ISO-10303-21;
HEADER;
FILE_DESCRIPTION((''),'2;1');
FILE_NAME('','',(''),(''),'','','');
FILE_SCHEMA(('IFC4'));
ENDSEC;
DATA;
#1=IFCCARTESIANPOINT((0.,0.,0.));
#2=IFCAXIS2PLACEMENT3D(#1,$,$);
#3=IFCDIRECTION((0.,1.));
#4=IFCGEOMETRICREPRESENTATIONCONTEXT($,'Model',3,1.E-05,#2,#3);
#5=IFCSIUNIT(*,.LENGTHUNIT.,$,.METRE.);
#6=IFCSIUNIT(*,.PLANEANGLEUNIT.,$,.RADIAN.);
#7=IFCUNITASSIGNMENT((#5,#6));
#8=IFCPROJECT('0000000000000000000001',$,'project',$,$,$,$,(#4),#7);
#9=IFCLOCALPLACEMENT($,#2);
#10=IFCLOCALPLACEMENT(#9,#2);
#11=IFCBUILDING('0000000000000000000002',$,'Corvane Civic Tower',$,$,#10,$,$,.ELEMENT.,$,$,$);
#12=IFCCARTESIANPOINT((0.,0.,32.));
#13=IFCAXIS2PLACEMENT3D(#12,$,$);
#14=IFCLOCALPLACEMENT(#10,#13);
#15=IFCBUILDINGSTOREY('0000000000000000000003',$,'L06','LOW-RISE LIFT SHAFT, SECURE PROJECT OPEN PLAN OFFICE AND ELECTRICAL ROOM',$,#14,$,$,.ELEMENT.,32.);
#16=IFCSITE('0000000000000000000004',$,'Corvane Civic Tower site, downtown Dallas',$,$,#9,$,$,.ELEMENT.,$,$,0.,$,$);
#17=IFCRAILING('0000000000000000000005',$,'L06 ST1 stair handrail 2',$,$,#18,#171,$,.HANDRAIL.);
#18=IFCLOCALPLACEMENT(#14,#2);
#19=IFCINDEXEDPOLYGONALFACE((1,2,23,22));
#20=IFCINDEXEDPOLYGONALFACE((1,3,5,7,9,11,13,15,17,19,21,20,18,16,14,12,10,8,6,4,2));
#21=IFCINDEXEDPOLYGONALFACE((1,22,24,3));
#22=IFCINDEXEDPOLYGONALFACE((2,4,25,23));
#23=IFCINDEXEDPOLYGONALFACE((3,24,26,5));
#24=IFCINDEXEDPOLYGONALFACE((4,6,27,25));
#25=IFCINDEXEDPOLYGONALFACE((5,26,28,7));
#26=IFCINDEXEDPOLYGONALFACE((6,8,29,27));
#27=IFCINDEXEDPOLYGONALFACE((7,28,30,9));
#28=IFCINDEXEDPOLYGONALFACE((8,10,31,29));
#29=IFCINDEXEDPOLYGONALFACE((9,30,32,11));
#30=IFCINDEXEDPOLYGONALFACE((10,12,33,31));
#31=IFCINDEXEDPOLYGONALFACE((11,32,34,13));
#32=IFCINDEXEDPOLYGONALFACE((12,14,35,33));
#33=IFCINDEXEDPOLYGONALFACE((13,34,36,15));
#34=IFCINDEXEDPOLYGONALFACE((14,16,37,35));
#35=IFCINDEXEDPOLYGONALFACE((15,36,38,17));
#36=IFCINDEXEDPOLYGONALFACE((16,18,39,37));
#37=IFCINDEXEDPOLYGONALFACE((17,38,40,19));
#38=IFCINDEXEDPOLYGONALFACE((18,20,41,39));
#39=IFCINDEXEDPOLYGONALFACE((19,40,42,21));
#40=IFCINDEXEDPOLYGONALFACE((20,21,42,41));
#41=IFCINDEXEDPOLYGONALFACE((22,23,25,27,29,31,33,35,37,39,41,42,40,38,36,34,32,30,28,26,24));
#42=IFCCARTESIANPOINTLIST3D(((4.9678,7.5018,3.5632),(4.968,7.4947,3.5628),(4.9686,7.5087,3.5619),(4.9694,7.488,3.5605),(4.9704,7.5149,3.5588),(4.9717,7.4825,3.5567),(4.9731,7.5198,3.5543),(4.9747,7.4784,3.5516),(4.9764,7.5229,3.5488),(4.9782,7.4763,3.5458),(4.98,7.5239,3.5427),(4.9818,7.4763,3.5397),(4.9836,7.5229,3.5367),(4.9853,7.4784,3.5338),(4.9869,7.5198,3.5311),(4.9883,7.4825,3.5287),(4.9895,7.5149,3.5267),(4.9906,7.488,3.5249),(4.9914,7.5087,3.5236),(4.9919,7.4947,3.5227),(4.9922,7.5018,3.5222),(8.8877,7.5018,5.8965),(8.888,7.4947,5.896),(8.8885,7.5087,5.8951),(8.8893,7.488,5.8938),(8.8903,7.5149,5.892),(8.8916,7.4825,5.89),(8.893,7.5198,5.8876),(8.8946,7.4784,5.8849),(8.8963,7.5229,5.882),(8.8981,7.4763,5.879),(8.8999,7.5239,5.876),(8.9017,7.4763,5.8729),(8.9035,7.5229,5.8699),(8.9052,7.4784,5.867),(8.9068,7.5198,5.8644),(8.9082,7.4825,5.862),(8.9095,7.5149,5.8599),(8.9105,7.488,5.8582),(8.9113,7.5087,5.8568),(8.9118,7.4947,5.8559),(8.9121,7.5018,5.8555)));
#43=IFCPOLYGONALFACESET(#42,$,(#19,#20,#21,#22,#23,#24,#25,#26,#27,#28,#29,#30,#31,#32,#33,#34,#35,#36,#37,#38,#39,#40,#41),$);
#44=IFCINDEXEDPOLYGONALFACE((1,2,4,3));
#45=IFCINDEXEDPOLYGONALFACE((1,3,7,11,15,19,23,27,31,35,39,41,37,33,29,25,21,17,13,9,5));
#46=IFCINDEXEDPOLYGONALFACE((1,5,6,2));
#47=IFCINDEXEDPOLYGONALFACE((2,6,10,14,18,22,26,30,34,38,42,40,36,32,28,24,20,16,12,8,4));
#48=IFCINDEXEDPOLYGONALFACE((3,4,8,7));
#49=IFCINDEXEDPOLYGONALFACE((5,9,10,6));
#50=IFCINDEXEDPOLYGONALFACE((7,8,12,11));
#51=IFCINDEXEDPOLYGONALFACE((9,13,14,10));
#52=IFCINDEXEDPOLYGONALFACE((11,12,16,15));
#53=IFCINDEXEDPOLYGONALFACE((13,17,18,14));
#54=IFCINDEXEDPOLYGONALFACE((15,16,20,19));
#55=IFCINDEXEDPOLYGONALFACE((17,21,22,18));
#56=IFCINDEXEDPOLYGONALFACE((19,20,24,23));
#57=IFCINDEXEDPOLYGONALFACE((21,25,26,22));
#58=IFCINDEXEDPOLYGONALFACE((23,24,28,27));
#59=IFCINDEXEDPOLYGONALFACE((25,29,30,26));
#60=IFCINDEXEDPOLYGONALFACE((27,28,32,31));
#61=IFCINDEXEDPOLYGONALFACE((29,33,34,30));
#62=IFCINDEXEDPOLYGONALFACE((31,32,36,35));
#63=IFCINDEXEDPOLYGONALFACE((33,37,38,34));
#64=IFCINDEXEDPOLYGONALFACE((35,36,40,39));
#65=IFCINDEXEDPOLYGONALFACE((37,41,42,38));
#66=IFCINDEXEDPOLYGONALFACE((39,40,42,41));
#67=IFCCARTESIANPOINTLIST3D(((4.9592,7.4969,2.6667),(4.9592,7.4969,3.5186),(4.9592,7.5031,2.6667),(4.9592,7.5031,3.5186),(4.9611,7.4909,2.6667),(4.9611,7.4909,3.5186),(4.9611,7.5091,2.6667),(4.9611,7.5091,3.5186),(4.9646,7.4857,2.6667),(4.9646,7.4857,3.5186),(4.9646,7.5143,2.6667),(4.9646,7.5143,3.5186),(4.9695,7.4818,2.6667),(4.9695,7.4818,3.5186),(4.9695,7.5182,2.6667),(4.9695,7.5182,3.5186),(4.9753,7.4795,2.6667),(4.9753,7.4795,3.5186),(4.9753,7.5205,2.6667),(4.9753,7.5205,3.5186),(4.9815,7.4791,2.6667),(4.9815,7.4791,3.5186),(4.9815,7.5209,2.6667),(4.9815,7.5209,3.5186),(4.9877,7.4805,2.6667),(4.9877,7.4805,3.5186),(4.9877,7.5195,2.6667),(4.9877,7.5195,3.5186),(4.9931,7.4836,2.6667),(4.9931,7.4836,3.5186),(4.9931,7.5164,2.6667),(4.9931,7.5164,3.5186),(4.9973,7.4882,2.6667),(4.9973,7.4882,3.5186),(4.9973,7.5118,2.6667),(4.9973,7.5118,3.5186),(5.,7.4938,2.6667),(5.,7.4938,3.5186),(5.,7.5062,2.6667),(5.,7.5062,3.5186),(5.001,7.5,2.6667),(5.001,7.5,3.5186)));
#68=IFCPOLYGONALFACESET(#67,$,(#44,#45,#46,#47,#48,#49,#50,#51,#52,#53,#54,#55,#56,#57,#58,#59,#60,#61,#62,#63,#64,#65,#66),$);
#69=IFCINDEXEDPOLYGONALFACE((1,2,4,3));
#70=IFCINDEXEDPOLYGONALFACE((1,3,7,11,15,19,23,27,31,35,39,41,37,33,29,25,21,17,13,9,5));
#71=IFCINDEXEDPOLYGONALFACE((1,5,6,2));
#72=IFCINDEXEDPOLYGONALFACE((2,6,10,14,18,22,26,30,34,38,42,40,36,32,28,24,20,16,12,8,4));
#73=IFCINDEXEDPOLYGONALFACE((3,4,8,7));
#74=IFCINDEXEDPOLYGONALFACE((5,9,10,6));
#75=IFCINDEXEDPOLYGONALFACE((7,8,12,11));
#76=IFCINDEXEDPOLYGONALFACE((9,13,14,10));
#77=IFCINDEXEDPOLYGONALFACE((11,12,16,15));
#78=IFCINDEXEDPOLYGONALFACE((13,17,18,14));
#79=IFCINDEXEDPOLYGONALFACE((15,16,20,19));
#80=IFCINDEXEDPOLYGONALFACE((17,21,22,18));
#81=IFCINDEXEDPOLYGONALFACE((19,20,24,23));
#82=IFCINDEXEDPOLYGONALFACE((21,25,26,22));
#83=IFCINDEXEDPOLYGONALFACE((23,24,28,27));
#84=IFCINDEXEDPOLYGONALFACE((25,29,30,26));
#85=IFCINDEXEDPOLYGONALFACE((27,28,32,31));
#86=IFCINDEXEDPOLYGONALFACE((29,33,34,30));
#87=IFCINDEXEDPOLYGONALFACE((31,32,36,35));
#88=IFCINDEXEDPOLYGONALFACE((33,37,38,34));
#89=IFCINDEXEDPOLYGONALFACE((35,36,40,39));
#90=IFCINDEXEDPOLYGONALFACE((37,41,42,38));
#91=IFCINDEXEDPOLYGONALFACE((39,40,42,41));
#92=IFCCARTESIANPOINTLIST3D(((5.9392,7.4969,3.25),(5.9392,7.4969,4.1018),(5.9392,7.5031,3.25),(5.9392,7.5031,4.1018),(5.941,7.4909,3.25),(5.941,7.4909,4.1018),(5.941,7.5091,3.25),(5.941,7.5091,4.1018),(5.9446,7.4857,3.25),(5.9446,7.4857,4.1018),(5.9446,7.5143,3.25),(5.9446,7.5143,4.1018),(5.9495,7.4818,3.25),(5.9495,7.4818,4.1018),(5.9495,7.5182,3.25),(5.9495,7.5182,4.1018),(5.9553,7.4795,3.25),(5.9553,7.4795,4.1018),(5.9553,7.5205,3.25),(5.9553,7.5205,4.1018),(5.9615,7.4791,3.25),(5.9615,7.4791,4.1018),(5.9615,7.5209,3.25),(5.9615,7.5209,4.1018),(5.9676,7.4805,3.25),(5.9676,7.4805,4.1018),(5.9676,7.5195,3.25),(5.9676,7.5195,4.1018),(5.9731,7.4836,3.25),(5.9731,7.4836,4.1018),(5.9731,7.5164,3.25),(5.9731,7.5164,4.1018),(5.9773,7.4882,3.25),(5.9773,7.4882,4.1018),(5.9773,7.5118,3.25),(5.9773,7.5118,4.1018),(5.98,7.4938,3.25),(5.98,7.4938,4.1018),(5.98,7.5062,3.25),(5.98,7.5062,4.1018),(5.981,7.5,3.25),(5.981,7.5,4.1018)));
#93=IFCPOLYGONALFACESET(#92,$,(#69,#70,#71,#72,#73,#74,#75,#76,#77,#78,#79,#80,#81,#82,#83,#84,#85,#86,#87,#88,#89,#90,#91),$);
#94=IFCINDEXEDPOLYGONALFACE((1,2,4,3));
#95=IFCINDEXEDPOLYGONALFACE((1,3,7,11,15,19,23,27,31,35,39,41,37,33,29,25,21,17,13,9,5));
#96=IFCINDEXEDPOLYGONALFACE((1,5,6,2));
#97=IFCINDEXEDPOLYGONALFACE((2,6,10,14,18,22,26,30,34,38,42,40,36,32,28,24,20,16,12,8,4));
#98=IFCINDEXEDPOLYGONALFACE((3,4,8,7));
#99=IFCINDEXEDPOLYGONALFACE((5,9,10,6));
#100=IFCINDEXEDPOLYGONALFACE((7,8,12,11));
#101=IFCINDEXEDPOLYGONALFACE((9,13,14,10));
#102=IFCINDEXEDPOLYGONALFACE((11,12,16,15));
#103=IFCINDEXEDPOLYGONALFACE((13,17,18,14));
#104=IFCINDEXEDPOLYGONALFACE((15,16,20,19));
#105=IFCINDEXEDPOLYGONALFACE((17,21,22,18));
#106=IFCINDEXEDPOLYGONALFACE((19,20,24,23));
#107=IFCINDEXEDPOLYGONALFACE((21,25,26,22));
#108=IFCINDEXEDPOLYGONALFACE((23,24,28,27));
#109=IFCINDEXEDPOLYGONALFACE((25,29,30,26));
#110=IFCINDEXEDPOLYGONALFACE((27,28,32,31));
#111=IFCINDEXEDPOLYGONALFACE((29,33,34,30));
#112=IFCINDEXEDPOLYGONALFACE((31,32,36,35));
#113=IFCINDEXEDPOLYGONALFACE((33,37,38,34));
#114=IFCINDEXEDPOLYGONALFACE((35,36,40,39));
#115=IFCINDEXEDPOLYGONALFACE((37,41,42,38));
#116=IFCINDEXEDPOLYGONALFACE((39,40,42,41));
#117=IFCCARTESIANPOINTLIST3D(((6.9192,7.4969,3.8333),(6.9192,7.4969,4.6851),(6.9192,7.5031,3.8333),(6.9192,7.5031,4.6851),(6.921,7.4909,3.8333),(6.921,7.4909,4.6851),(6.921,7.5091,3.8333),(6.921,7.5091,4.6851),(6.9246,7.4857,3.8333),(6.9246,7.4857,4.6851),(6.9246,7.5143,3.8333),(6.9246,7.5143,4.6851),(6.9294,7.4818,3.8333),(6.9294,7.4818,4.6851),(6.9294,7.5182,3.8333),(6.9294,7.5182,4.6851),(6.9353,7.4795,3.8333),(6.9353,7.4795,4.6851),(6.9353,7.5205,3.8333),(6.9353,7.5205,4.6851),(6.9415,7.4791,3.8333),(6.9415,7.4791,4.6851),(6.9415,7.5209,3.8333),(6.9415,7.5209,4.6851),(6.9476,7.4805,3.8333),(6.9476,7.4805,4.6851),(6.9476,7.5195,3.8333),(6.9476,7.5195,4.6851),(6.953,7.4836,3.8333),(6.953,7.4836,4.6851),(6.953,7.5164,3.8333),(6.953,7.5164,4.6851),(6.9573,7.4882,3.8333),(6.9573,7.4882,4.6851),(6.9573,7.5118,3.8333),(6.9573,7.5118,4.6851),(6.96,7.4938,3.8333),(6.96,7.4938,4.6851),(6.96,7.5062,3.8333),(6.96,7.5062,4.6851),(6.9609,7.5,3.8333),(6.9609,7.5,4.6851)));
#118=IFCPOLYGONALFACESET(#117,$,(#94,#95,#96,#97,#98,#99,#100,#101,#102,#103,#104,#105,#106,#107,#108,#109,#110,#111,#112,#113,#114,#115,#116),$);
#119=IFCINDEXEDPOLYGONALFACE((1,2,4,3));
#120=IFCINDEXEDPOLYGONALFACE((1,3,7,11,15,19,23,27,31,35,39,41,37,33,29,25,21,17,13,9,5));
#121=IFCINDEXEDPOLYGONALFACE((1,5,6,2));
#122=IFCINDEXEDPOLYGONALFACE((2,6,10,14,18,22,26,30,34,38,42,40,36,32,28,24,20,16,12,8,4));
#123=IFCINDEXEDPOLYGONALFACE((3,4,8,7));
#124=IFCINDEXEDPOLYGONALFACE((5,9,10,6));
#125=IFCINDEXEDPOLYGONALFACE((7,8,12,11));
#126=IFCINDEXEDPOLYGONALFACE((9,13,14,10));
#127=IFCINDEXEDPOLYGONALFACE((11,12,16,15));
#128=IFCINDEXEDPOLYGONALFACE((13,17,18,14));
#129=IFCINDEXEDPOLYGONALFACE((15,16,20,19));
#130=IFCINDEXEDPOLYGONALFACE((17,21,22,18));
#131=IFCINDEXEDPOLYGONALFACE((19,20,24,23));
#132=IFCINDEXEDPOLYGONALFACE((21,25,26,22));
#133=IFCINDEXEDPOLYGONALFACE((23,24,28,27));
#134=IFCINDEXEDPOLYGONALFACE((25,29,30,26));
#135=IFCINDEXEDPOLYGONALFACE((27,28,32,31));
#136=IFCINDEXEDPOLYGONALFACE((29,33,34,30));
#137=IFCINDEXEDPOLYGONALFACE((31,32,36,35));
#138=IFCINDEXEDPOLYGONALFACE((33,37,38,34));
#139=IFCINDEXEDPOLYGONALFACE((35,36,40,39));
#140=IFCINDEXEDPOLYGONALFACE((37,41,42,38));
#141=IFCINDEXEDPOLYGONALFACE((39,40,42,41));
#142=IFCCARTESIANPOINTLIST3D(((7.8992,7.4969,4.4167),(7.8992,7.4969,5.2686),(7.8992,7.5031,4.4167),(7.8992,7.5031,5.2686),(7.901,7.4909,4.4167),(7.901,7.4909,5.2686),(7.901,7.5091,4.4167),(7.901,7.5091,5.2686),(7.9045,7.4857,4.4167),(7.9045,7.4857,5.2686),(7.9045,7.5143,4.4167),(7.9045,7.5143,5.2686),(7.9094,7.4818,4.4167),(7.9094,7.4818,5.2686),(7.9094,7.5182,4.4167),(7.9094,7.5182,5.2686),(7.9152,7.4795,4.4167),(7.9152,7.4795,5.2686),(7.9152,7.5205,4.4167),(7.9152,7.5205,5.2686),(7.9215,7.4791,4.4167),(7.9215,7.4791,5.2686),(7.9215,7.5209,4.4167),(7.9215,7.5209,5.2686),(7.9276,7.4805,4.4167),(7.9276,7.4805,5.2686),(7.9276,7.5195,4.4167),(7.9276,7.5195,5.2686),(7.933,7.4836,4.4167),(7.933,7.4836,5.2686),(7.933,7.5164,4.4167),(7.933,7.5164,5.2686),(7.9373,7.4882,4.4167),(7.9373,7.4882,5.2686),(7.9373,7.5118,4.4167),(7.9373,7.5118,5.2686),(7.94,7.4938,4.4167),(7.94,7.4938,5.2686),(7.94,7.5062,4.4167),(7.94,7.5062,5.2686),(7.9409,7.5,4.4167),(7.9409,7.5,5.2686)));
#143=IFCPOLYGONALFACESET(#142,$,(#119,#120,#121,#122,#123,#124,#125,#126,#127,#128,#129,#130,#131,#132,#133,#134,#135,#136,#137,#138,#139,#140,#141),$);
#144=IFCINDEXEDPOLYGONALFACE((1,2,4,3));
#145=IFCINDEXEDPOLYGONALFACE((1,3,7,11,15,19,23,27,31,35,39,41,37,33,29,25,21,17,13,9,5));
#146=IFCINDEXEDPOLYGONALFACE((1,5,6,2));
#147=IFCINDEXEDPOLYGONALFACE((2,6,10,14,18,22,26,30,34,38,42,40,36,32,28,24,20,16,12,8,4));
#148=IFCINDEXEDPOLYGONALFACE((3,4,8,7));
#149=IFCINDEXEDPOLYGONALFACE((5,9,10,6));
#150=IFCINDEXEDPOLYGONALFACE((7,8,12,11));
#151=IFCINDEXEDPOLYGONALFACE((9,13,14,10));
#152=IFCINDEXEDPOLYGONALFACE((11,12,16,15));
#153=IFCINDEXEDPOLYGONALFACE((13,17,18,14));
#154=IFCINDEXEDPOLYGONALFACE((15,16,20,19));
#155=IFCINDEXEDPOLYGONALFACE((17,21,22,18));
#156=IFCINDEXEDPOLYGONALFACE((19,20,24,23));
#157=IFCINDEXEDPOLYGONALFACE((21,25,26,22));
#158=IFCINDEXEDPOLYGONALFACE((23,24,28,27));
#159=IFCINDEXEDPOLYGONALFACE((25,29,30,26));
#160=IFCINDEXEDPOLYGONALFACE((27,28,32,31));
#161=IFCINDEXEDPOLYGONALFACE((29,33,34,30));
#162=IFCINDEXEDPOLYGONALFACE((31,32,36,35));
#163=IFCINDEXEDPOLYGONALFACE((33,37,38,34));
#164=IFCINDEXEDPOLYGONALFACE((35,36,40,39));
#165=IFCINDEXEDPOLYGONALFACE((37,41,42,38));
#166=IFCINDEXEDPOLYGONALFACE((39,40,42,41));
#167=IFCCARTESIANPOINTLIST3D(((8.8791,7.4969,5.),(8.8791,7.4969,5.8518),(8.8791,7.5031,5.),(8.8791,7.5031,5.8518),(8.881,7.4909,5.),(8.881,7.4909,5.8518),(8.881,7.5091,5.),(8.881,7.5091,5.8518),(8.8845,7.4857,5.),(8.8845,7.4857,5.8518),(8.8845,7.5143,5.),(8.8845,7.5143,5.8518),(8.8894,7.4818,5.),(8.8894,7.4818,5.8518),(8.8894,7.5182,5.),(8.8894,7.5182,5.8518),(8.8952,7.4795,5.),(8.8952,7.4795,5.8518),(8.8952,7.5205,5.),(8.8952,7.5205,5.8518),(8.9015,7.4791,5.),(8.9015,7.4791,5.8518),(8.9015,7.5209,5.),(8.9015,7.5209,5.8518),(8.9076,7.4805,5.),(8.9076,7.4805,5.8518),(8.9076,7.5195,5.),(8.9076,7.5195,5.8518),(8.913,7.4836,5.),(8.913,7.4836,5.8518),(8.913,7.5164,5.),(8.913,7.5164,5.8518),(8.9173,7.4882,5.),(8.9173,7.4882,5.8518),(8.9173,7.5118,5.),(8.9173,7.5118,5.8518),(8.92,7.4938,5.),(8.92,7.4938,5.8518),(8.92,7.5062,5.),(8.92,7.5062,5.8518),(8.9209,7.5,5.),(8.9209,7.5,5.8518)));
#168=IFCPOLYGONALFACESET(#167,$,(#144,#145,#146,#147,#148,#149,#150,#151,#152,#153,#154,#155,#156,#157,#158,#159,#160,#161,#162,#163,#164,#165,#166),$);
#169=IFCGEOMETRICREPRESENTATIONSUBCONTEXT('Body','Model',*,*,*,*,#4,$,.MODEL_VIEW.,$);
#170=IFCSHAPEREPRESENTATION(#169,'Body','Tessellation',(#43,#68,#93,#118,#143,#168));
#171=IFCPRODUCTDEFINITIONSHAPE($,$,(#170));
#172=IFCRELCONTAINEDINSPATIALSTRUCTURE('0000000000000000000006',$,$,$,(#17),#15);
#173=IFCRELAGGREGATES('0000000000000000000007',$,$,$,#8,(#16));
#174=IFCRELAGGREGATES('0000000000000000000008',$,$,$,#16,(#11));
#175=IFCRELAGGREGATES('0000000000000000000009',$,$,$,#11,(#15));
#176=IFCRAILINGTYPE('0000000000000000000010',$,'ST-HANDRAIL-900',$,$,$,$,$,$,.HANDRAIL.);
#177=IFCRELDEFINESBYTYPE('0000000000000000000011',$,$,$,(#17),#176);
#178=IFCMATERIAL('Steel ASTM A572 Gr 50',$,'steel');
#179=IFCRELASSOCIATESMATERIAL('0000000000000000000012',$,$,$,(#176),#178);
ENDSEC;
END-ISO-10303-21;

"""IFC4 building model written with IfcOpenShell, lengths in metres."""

from ifc_helpers import new_model, si_unit, direction, frame, origin, origin_2d, place, context, subcontext, project, spatial, circle, extrude, material, type_object, element, save


model = new_model("IFC4")

# Units and contexts
model_context = context("Model", 3, precision=1e-05, world=origin(), true_north=direction((0.0, 1.0)))
body_context = subcontext(model_context, "Body", "Model", "MODEL_VIEW")
ifc_project = project(units=[si_unit("LENGTHUNIT", "METRE"), si_unit("PLANEANGLEUNIT", "RADIAN")], contexts=[model_context])

# Site, building, storey
site_placement = place(None, origin())
site = spatial("IfcSite", under=ifc_project, at=site_placement, Name="Corvane Civic Tower site, downtown Dallas", CompositionType="ELEMENT", RefElevation=0.0)
building_placement = place(site_placement, origin())
building = spatial("IfcBuilding", under=site, at=building_placement, Name="Corvane Civic Tower", CompositionType="ELEMENT")
storey_placement = place(building_placement, frame((0.0, 0.0, 32.0)))
storey = spatial("IfcBuildingStorey", under=building, at=storey_placement, Name="L06", Description="LOW-RISE LIFT SHAFT, SECURE PROJECT OPEN PLAN OFFICE AND ELECTRICAL ROOM", CompositionType="ELEMENT", Elevation=32.0)

# Railing
ifc_material_1 = material(Name="Steel ASTM A572 Gr 50", Category="steel")
railing_type_1 = type_object("IfcRailingType", Name="ST-HANDRAIL-900", PredefinedType="HANDRAIL", material=ifc_material_1)
railing_1_placement = place(storey_placement, frame((4.98, 7.5, 2.6667)))
element("IfcRailing", 1, at=railing_1_placement, inside=storey, type_object=railing_type_1, Name="L06 ST1 stair handrail 2", PredefinedType="HANDRAIL", context=body_context, shape_type="SweptSolid", body=[
    extrude(circle(Radius=0.0239, at=origin_2d()), frame((0.0, 0.0, 0.876), z_axis=(0.859296, 0.0, 0.511478), x_axis=(0.0, 1.0, 0.0)), (0.0, 0.0, 1.0), 4.5618),
    extrude(circle(Radius=0.021, at=origin_2d()), origin(), (0.0, 0.0, 1.0), 0.8518),
    extrude(circle(Radius=0.021, at=origin_2d()), frame((0.98, 0.0, 0.5833)), (0.0, 0.0, 1.0), 0.8518),
    extrude(circle(Radius=0.021, at=origin_2d()), frame((1.96, 0.0, 1.1665)), (0.0, 0.0, 1.0), 0.8518),
    extrude(circle(Radius=0.021, at=origin_2d()), frame((2.9399, 0.0, 1.75)), (0.0, 0.0, 1.0), 0.8518),
    extrude(circle(Radius=0.021, at=origin_2d()), frame((3.9199, 0.0, 2.3333)), (0.0, 0.0, 1.0), 0.8518),
])

save(model, "model.ifc")
